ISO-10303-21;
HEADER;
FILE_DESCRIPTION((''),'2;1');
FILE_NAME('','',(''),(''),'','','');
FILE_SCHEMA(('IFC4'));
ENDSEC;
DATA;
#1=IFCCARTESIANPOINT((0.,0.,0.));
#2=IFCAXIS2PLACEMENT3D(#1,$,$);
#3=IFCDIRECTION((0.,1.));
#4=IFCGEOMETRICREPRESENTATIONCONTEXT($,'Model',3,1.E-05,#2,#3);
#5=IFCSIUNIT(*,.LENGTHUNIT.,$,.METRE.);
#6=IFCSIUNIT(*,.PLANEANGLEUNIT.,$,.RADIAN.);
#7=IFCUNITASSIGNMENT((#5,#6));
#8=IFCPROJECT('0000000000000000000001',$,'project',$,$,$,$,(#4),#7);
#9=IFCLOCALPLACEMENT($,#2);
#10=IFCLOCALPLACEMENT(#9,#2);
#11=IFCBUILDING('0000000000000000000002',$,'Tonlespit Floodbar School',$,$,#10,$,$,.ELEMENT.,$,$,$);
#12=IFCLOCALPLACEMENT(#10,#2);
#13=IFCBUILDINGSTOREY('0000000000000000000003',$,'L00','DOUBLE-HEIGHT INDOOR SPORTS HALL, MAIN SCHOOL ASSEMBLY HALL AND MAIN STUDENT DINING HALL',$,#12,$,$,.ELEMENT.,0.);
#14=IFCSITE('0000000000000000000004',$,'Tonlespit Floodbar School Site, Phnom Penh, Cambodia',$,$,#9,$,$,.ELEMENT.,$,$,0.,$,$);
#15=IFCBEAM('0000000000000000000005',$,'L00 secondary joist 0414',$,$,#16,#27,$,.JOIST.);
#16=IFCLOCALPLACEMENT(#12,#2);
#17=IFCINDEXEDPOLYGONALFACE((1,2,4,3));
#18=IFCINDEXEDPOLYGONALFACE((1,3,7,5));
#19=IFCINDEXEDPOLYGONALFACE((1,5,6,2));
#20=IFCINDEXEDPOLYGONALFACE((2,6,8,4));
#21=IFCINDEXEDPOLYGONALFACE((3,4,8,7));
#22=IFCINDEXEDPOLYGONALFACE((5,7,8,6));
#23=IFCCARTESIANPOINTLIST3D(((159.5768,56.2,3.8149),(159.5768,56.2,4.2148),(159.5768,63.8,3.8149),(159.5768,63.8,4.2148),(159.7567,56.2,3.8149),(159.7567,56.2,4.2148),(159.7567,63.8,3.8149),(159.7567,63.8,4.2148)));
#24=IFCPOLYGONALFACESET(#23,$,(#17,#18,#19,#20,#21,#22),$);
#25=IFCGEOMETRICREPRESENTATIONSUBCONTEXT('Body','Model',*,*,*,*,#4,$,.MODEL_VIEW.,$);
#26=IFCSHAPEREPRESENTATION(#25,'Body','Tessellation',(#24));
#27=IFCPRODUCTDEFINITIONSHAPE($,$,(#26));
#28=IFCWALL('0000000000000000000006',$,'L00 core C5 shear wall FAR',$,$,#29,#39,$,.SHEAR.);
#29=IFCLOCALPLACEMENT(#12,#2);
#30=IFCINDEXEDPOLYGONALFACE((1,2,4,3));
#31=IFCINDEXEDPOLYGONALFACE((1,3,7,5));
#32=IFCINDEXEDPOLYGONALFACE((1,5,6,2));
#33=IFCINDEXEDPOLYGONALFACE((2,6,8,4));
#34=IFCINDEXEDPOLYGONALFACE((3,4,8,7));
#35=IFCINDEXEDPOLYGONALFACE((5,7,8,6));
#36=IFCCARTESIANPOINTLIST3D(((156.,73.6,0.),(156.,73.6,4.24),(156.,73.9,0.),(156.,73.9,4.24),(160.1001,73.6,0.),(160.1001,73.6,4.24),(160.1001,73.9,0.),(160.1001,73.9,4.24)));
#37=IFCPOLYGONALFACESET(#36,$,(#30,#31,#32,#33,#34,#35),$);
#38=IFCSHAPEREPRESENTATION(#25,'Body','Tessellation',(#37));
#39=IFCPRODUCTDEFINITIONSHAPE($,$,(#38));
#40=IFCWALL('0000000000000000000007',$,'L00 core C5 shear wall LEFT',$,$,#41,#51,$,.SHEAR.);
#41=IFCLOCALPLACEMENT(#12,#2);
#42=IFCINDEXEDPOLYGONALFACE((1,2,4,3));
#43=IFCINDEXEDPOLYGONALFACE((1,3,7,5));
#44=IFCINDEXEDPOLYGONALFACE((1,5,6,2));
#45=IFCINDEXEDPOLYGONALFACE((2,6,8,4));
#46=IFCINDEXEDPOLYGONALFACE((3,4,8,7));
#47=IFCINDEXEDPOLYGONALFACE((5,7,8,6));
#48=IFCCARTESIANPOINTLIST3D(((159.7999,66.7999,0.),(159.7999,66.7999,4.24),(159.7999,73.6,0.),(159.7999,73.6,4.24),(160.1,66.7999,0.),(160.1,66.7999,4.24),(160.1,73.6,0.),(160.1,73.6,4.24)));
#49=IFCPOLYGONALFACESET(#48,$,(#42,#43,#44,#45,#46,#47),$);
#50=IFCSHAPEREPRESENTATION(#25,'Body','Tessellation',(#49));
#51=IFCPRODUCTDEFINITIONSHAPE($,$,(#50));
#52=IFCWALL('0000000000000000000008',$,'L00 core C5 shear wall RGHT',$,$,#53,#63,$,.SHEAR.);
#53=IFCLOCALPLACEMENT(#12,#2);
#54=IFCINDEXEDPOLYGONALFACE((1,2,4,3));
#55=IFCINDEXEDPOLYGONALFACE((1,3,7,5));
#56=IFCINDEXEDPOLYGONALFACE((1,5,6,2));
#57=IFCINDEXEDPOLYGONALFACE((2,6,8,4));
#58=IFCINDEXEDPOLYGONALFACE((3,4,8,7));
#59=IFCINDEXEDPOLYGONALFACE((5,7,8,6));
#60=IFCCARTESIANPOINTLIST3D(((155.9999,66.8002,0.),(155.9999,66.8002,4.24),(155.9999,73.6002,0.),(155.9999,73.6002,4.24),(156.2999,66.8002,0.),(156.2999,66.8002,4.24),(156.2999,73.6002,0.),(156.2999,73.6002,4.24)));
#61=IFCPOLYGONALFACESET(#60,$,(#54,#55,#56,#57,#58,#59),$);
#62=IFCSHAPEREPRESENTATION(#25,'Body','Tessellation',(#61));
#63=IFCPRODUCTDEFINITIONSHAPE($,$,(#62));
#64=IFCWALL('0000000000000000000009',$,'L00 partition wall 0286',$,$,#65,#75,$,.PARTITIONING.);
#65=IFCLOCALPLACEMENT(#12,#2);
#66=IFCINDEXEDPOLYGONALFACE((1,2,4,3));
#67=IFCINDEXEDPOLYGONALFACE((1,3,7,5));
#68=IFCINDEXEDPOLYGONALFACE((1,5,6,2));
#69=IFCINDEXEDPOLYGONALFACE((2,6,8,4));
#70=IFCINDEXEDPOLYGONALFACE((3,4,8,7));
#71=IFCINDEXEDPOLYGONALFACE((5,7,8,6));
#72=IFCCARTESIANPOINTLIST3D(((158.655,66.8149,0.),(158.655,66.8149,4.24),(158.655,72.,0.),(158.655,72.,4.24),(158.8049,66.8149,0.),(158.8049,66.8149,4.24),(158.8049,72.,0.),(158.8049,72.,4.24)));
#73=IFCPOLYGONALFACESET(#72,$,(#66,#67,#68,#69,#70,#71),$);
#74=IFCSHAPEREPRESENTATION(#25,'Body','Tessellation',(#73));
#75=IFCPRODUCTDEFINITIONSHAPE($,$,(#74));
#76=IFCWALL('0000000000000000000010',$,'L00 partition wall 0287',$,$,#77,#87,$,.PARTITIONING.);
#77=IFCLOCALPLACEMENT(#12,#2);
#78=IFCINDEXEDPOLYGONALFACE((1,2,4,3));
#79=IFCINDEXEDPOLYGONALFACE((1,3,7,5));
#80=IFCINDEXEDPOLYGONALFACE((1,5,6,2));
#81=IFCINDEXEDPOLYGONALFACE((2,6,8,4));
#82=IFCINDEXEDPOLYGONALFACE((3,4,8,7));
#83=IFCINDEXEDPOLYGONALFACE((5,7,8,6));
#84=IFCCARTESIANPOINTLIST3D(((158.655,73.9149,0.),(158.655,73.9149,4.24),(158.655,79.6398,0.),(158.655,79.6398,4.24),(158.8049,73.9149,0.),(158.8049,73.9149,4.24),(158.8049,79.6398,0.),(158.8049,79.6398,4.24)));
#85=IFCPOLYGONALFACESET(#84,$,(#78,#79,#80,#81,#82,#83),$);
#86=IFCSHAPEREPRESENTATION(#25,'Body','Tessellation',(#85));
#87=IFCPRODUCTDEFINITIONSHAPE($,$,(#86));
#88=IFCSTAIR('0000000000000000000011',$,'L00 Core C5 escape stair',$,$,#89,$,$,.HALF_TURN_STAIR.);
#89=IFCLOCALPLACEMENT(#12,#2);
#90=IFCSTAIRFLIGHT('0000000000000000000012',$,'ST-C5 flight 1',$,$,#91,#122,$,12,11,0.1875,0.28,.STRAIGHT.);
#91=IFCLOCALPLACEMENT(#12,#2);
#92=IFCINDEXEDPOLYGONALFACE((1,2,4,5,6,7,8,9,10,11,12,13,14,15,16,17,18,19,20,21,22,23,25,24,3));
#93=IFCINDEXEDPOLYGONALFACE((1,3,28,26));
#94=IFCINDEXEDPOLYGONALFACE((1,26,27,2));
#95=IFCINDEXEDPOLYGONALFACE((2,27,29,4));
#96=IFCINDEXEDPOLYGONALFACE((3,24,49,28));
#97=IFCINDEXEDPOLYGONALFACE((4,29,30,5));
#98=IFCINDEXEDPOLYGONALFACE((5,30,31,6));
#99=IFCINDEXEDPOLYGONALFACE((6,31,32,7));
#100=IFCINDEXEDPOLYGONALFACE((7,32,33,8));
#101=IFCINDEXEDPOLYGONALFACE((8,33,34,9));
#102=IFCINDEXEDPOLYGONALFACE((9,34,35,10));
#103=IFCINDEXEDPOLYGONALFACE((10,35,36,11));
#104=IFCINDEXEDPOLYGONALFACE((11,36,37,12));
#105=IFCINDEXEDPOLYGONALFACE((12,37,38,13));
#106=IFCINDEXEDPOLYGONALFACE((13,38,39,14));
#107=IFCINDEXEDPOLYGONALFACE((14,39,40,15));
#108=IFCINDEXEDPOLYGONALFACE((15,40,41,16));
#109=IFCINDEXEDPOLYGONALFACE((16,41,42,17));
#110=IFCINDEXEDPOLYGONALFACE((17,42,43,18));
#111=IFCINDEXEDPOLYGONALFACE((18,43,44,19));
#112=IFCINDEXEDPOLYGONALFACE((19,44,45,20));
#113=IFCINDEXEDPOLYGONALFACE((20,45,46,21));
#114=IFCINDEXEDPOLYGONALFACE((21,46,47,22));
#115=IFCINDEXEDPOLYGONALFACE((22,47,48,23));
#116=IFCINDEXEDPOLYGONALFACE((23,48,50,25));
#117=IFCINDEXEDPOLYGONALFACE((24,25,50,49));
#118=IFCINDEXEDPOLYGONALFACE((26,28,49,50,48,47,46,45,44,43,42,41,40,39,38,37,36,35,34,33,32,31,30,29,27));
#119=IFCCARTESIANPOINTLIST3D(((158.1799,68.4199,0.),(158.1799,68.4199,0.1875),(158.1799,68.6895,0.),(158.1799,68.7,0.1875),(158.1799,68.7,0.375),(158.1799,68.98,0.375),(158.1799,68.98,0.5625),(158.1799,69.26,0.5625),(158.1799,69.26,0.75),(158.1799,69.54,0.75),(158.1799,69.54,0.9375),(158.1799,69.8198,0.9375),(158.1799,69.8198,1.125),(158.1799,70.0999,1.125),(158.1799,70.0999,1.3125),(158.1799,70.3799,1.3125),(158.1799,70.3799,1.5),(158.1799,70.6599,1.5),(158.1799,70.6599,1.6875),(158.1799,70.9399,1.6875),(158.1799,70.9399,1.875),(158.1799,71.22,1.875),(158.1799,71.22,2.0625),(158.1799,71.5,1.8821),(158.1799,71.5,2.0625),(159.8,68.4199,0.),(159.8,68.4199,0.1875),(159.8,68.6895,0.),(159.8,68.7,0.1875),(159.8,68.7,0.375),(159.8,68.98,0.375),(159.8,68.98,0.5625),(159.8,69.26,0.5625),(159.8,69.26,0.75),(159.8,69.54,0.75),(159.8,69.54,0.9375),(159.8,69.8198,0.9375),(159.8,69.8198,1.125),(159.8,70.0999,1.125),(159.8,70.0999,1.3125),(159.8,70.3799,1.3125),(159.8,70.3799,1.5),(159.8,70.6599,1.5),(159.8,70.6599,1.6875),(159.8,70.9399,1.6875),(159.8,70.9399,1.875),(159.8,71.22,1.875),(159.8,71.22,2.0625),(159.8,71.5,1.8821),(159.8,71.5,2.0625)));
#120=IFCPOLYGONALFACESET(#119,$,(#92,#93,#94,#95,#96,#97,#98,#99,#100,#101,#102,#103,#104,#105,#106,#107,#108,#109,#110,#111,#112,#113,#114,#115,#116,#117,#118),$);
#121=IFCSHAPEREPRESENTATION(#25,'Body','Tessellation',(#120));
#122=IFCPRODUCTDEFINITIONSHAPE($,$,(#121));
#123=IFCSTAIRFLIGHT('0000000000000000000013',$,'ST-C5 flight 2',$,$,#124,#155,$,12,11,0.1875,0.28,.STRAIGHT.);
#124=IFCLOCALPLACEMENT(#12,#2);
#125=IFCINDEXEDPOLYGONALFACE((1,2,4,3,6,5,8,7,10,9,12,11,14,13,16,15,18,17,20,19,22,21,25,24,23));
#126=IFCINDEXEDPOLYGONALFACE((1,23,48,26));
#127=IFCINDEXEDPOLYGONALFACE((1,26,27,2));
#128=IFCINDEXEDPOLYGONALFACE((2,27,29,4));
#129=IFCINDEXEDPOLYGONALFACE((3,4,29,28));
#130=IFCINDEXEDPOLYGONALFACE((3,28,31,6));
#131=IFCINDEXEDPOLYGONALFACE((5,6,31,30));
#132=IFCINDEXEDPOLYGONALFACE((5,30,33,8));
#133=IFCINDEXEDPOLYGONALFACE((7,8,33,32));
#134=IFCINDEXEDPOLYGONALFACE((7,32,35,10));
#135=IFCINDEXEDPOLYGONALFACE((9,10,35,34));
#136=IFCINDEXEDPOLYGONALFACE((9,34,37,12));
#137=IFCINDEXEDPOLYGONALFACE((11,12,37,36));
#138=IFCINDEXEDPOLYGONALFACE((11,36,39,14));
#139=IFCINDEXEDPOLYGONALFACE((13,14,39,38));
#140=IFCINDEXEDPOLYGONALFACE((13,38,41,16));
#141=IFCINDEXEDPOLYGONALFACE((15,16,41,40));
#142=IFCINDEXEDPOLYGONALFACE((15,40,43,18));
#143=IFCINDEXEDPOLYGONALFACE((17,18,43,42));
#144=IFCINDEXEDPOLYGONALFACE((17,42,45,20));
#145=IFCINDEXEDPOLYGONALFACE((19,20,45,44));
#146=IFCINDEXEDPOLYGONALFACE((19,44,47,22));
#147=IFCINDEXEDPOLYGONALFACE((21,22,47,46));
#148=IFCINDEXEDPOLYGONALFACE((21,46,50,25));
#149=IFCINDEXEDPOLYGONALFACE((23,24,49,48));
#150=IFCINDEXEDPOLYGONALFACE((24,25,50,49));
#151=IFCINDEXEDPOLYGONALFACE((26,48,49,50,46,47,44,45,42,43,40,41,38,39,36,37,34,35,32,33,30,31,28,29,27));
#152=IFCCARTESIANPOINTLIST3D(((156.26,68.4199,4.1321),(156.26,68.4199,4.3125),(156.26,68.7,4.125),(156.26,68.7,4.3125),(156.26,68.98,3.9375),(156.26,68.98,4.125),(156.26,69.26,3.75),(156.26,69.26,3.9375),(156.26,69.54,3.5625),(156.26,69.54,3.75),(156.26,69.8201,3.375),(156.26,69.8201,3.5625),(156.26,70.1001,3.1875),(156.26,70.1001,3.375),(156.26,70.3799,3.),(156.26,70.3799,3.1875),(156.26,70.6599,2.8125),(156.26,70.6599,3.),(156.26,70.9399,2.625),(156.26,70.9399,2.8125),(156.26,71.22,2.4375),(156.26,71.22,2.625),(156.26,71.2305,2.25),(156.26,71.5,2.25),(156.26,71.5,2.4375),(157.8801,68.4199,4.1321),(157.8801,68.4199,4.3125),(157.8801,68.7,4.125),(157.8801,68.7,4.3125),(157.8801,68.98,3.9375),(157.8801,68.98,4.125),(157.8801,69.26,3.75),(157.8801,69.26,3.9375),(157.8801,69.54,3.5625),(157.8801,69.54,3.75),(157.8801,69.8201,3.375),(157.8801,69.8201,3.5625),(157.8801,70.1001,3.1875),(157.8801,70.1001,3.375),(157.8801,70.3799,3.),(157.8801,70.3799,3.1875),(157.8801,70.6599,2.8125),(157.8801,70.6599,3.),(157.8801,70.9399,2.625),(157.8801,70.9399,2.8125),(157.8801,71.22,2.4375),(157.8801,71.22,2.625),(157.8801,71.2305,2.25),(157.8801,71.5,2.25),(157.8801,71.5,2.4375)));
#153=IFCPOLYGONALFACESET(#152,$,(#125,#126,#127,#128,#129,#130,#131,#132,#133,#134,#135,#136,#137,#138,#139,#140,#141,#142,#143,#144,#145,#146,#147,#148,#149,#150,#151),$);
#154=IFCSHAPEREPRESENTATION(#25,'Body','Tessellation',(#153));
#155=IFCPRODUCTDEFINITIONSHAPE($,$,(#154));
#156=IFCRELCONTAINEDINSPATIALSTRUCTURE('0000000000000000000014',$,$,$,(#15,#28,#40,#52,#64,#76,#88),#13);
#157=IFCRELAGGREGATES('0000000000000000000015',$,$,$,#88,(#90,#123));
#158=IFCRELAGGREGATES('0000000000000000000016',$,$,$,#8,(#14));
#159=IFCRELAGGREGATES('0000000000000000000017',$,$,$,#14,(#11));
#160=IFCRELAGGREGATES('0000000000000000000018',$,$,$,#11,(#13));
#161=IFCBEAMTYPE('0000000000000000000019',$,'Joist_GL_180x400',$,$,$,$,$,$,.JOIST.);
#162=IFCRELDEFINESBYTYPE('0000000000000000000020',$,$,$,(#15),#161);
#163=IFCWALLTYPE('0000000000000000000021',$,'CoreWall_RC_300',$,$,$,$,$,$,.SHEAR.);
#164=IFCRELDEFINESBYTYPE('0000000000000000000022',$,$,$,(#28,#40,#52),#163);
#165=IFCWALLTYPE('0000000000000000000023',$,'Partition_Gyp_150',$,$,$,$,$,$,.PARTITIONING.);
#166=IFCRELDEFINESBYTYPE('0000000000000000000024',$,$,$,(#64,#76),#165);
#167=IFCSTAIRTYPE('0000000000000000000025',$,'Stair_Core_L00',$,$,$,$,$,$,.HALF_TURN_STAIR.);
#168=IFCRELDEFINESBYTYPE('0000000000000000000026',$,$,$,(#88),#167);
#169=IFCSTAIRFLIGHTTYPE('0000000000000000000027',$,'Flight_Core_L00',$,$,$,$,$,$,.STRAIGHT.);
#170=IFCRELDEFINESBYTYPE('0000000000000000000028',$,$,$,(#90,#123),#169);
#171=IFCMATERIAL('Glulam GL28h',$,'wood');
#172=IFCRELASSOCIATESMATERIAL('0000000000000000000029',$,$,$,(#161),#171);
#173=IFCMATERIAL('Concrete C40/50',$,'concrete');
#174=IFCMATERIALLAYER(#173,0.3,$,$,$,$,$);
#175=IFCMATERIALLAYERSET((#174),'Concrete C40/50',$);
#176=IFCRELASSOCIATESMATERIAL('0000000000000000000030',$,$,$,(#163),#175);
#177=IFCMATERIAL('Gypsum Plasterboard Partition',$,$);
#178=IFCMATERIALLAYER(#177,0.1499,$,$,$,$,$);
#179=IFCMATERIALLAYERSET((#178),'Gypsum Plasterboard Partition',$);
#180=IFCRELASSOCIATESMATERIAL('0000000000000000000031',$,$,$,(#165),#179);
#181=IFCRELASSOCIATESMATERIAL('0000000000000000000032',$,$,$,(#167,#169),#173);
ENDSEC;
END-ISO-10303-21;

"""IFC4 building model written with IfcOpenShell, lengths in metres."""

from ifc_helpers import new_model, si_unit, direction, frame, frame_2d, origin, origin_2d, place, context, subcontext, project, spatial, polyline, rectangle, outline, extrude, material, layer, layer_set, material_profile, profile_set, type_object, element, aggregate, save


model = new_model("IFC4")

# Units and contexts
model_context = context("Model", 3, precision=1e-05, world=origin(), true_north=direction((0.0, 1.0)))
body_context = subcontext(model_context, "Body", "Model", "MODEL_VIEW")
ifc_project = project(units=[si_unit("LENGTHUNIT", "METRE"), si_unit("PLANEANGLEUNIT", "RADIAN")], contexts=[model_context])

# Site, building, storey
site_placement = place(None, origin())
site = spatial("IfcSite", under=ifc_project, at=site_placement, Name="Tonlespit Floodbar School Site, Phnom Penh, Cambodia", CompositionType="ELEMENT", RefElevation=0.0)
building_placement = place(site_placement, origin())
building = spatial("IfcBuilding", under=site, at=building_placement, Name="Tonlespit Floodbar School", CompositionType="ELEMENT")
storey_placement = place(building_placement, origin())
storey = spatial("IfcBuildingStorey", under=building, at=storey_placement, Name="L00", Description="DOUBLE-HEIGHT INDOOR SPORTS HALL, MAIN SCHOOL ASSEMBLY HALL AND MAIN STUDENT DINING HALL", CompositionType="ELEMENT", Elevation=0.0)

# Shared definitions
ifc_material_1 = material(Name="Concrete C40/50", Category="concrete")

# Beam
ifc_material_2 = material(Name="Glulam GL28h", Category="wood")
ifc_material_profile_1 = material_profile(ifc_material_2, rectangle(XDim=0.1799, YDim=0.3999, at=origin_2d()), Name="GL 180x400")
ifc_profile_set_1 = profile_set([ifc_material_profile_1], Name="Glulam GL28h")
beam_type_1 = type_object("IfcBeamType", Name="Joist_GL_180x400", PredefinedType="JOIST", material=ifc_profile_set_1)
for number, where, z_axis, x_axis, name in (
    (1, (159.6667, 56.2, 4.0149), (0.0, 1.0, 0.0), (-1.0, 0.0, 0.0), "L00 secondary joist 0414"),
):
    element("IfcBeam", number, at=place(storey_placement, frame(where, z_axis=z_axis, x_axis=x_axis)), inside=storey, type_object=beam_type_1, Name=name, PredefinedType="JOIST", context=body_context, shape_type="SweptSolid", body=[
        extrude(rectangle(XDim=0.1799, YDim=0.3999, at=origin_2d()), origin(), (0.0, 0.0, 1.0), 7.6001),
    ])

# Shared definitions
ifc_layer_1 = layer(ifc_material_1, 0.3)
ifc_layer_set_1 = layer_set([ifc_layer_1], Name="Concrete C40/50")
wall_type_1 = type_object("IfcWallType", Name="CoreWall_RC_300", PredefinedType="SHEAR", material=ifc_layer_set_1)

# Walls
wall_1_placement = place(storey_placement, frame((156.0, 73.75, 0.0), z_axis=(0.0, 0.0, 1.0), x_axis=(1.0, 0.0, 0.0)))
element("IfcWall", 2, at=wall_1_placement, inside=storey, type_object=wall_type_1, Name="L00 core C5 shear wall FAR", PredefinedType="SHEAR", context=body_context, shape_type="SweptSolid", body=[
    extrude(rectangle(XDim=4.1001, YDim=0.3, at=frame_2d((2.05, 0.0))), origin(), (0.0, 0.0, 1.0), 4.24),
])
for number, where, z_axis, x_axis, name in (
    (3, (159.95, 66.8, 0.0), (0.0, 0.0, 1.0), (0.0, 1.0, 0.0), "L00 core C5 shear wall LEFT"),
    (4, (156.1499, 73.6001, 0.0), (0.0, 0.0, 1.0), (0.0, -1.0, 0.0), "L00 core C5 shear wall RGHT"),
):
    element("IfcWall", number, at=place(storey_placement, frame(where, z_axis=z_axis, x_axis=x_axis)), inside=storey, type_object=wall_type_1, Name=name, PredefinedType="SHEAR", context=body_context, shape_type="SweptSolid", body=[
        extrude(rectangle(XDim=6.8, YDim=0.3, at=frame_2d((3.3999, 0.0))), origin(), (0.0, 0.0, 1.0), 4.24),
    ])
ifc_material_3 = material(Name="Gypsum Plasterboard Partition")
ifc_layer_2 = layer(ifc_material_3, 0.1499)
ifc_layer_set_2 = layer_set([ifc_layer_2], Name="Gypsum Plasterboard Partition")
wall_type_2 = type_object("IfcWallType", Name="Partition_Gyp_150", PredefinedType="PARTITIONING", material=ifc_layer_set_2)
wall_2_placement = place(storey_placement, frame((158.73, 66.8149, 0.0), z_axis=(0.0, 0.0, 1.0), x_axis=(0.0, 1.0, 0.0)))
element("IfcWall", 5, at=wall_2_placement, inside=storey, type_object=wall_type_2, Name="L00 partition wall 0286", PredefinedType="PARTITIONING", context=body_context, shape_type="SweptSolid", body=[
    extrude(rectangle(XDim=5.1851, YDim=0.1499, at=frame_2d((2.5925, 0.0))), origin(), (0.0, 0.0, 1.0), 4.24),
])
wall_3_placement = place(storey_placement, frame((158.73, 73.915, 0.0), z_axis=(0.0, 0.0, 1.0), x_axis=(0.0, 1.0, 0.0)))
element("IfcWall", 6, at=wall_3_placement, inside=storey, type_object=wall_type_2, Name="L00 partition wall 0287", PredefinedType="PARTITIONING", context=body_context, shape_type="SweptSolid", body=[
    extrude(rectangle(XDim=5.7249, YDim=0.1499, at=frame_2d((2.8623, 0.0))), origin(), (0.0, 0.0, 1.0), 4.24),
])

# Stair, stair flights
stair_type = type_object("IfcStairType", Name="Stair_Core_L00", PredefinedType="HALF_TURN_STAIR", material=ifc_material_1)
stair_placement = place(storey_placement, origin())
stair = element("IfcStair", 7, at=stair_placement, inside=storey, type_object=stair_type, Name="L00 Core C5 escape stair", PredefinedType="HALF_TURN_STAIR")
stair_flight_type = type_object("IfcStairFlightType", Name="Flight_Core_L00", PredefinedType="STRAIGHT", material=ifc_material_1)
stair_flight_1_placement = place(storey_placement, frame((158.99, 68.4199, 0.0), z_axis=(0.0, 0.0, 1.0), x_axis=(0.0, 1.0, 0.0)))
stair_flight_1 = element("IfcStairFlight", 8, at=stair_flight_1_placement, type_object=stair_flight_type, Name="ST-C5 flight 1", NumberOfRisers=12, NumberOfTreads=11, PredefinedType="STRAIGHT", RiserHeight=0.1875, TreadLength=0.28, context=body_context, shape_type="SweptSolid", body=[
    extrude(outline(polyline([(0.0, 0.0), (0.0, 0.1875), (0.28, 0.1875), (0.28, 0.375), (0.5601, 0.375), (0.5601, 0.5625), (0.8401, 0.5625), (0.8401, 0.75), (1.1201, 0.75), (1.1201, 0.9375), (1.3999, 0.9375), (1.3999, 1.125), (1.6799, 1.125), (1.6799, 1.3125), (1.96, 1.3125), (1.96, 1.5), (2.24, 1.5), (2.24, 1.6875), (2.52, 1.6875), (2.52, 1.875), (2.8, 1.875), (2.8, 2.0625), (3.0801, 2.0625), (3.0801, 2.25), (3.0801, 1.8821), (0.2695, 0.0), (0.0, 0.0)])), frame((0.0, 0.8101, 0.0), z_axis=(0.0, -1.0, 0.0), x_axis=(1.0, 0.0, 0.0)), (0.0, 0.0, 1.0), 1.6201),
])
stair_flight_2_placement = place(storey_placement, frame((157.0701, 71.5, 2.25), z_axis=(0.0, 0.0, 1.0), x_axis=(0.0, -1.0, 0.0)))
stair_flight_2 = element("IfcStairFlight", 9, at=stair_flight_2_placement, type_object=stair_flight_type, Name="ST-C5 flight 2", NumberOfRisers=12, NumberOfTreads=11, PredefinedType="STRAIGHT", RiserHeight=0.1875, TreadLength=0.28, context=body_context, shape_type="SweptSolid", body=[
    extrude(outline(polyline([(0.0, 0.0), (0.0, 0.1875), (0.28, 0.1875), (0.28, 0.375), (0.5601, 0.375), (0.5601, 0.5625), (0.8401, 0.5625), (0.8401, 0.75), (1.1201, 0.75), (1.1201, 0.9375), (1.3999, 0.9375), (1.3999, 1.125), (1.6799, 1.125), (1.6799, 1.3125), (1.96, 1.3125), (1.96, 1.5), (2.24, 1.5), (2.24, 1.6875), (2.52, 1.6875), (2.52, 1.875), (2.8, 1.875), (2.8, 2.0625), (3.0801, 2.0625), (3.0801, 2.25), (3.0801, 1.8821), (0.2695, 0.0), (0.0, 0.0)])), frame((0.0, 0.8101, 0.0), z_axis=(0.0, -1.0, 0.0), x_axis=(1.0, 0.0, 0.0)), (0.0, 0.0, 1.0), 1.6201),
])
aggregate(stair, [stair_flight_1, stair_flight_2])

save(model, "model.ifc")
